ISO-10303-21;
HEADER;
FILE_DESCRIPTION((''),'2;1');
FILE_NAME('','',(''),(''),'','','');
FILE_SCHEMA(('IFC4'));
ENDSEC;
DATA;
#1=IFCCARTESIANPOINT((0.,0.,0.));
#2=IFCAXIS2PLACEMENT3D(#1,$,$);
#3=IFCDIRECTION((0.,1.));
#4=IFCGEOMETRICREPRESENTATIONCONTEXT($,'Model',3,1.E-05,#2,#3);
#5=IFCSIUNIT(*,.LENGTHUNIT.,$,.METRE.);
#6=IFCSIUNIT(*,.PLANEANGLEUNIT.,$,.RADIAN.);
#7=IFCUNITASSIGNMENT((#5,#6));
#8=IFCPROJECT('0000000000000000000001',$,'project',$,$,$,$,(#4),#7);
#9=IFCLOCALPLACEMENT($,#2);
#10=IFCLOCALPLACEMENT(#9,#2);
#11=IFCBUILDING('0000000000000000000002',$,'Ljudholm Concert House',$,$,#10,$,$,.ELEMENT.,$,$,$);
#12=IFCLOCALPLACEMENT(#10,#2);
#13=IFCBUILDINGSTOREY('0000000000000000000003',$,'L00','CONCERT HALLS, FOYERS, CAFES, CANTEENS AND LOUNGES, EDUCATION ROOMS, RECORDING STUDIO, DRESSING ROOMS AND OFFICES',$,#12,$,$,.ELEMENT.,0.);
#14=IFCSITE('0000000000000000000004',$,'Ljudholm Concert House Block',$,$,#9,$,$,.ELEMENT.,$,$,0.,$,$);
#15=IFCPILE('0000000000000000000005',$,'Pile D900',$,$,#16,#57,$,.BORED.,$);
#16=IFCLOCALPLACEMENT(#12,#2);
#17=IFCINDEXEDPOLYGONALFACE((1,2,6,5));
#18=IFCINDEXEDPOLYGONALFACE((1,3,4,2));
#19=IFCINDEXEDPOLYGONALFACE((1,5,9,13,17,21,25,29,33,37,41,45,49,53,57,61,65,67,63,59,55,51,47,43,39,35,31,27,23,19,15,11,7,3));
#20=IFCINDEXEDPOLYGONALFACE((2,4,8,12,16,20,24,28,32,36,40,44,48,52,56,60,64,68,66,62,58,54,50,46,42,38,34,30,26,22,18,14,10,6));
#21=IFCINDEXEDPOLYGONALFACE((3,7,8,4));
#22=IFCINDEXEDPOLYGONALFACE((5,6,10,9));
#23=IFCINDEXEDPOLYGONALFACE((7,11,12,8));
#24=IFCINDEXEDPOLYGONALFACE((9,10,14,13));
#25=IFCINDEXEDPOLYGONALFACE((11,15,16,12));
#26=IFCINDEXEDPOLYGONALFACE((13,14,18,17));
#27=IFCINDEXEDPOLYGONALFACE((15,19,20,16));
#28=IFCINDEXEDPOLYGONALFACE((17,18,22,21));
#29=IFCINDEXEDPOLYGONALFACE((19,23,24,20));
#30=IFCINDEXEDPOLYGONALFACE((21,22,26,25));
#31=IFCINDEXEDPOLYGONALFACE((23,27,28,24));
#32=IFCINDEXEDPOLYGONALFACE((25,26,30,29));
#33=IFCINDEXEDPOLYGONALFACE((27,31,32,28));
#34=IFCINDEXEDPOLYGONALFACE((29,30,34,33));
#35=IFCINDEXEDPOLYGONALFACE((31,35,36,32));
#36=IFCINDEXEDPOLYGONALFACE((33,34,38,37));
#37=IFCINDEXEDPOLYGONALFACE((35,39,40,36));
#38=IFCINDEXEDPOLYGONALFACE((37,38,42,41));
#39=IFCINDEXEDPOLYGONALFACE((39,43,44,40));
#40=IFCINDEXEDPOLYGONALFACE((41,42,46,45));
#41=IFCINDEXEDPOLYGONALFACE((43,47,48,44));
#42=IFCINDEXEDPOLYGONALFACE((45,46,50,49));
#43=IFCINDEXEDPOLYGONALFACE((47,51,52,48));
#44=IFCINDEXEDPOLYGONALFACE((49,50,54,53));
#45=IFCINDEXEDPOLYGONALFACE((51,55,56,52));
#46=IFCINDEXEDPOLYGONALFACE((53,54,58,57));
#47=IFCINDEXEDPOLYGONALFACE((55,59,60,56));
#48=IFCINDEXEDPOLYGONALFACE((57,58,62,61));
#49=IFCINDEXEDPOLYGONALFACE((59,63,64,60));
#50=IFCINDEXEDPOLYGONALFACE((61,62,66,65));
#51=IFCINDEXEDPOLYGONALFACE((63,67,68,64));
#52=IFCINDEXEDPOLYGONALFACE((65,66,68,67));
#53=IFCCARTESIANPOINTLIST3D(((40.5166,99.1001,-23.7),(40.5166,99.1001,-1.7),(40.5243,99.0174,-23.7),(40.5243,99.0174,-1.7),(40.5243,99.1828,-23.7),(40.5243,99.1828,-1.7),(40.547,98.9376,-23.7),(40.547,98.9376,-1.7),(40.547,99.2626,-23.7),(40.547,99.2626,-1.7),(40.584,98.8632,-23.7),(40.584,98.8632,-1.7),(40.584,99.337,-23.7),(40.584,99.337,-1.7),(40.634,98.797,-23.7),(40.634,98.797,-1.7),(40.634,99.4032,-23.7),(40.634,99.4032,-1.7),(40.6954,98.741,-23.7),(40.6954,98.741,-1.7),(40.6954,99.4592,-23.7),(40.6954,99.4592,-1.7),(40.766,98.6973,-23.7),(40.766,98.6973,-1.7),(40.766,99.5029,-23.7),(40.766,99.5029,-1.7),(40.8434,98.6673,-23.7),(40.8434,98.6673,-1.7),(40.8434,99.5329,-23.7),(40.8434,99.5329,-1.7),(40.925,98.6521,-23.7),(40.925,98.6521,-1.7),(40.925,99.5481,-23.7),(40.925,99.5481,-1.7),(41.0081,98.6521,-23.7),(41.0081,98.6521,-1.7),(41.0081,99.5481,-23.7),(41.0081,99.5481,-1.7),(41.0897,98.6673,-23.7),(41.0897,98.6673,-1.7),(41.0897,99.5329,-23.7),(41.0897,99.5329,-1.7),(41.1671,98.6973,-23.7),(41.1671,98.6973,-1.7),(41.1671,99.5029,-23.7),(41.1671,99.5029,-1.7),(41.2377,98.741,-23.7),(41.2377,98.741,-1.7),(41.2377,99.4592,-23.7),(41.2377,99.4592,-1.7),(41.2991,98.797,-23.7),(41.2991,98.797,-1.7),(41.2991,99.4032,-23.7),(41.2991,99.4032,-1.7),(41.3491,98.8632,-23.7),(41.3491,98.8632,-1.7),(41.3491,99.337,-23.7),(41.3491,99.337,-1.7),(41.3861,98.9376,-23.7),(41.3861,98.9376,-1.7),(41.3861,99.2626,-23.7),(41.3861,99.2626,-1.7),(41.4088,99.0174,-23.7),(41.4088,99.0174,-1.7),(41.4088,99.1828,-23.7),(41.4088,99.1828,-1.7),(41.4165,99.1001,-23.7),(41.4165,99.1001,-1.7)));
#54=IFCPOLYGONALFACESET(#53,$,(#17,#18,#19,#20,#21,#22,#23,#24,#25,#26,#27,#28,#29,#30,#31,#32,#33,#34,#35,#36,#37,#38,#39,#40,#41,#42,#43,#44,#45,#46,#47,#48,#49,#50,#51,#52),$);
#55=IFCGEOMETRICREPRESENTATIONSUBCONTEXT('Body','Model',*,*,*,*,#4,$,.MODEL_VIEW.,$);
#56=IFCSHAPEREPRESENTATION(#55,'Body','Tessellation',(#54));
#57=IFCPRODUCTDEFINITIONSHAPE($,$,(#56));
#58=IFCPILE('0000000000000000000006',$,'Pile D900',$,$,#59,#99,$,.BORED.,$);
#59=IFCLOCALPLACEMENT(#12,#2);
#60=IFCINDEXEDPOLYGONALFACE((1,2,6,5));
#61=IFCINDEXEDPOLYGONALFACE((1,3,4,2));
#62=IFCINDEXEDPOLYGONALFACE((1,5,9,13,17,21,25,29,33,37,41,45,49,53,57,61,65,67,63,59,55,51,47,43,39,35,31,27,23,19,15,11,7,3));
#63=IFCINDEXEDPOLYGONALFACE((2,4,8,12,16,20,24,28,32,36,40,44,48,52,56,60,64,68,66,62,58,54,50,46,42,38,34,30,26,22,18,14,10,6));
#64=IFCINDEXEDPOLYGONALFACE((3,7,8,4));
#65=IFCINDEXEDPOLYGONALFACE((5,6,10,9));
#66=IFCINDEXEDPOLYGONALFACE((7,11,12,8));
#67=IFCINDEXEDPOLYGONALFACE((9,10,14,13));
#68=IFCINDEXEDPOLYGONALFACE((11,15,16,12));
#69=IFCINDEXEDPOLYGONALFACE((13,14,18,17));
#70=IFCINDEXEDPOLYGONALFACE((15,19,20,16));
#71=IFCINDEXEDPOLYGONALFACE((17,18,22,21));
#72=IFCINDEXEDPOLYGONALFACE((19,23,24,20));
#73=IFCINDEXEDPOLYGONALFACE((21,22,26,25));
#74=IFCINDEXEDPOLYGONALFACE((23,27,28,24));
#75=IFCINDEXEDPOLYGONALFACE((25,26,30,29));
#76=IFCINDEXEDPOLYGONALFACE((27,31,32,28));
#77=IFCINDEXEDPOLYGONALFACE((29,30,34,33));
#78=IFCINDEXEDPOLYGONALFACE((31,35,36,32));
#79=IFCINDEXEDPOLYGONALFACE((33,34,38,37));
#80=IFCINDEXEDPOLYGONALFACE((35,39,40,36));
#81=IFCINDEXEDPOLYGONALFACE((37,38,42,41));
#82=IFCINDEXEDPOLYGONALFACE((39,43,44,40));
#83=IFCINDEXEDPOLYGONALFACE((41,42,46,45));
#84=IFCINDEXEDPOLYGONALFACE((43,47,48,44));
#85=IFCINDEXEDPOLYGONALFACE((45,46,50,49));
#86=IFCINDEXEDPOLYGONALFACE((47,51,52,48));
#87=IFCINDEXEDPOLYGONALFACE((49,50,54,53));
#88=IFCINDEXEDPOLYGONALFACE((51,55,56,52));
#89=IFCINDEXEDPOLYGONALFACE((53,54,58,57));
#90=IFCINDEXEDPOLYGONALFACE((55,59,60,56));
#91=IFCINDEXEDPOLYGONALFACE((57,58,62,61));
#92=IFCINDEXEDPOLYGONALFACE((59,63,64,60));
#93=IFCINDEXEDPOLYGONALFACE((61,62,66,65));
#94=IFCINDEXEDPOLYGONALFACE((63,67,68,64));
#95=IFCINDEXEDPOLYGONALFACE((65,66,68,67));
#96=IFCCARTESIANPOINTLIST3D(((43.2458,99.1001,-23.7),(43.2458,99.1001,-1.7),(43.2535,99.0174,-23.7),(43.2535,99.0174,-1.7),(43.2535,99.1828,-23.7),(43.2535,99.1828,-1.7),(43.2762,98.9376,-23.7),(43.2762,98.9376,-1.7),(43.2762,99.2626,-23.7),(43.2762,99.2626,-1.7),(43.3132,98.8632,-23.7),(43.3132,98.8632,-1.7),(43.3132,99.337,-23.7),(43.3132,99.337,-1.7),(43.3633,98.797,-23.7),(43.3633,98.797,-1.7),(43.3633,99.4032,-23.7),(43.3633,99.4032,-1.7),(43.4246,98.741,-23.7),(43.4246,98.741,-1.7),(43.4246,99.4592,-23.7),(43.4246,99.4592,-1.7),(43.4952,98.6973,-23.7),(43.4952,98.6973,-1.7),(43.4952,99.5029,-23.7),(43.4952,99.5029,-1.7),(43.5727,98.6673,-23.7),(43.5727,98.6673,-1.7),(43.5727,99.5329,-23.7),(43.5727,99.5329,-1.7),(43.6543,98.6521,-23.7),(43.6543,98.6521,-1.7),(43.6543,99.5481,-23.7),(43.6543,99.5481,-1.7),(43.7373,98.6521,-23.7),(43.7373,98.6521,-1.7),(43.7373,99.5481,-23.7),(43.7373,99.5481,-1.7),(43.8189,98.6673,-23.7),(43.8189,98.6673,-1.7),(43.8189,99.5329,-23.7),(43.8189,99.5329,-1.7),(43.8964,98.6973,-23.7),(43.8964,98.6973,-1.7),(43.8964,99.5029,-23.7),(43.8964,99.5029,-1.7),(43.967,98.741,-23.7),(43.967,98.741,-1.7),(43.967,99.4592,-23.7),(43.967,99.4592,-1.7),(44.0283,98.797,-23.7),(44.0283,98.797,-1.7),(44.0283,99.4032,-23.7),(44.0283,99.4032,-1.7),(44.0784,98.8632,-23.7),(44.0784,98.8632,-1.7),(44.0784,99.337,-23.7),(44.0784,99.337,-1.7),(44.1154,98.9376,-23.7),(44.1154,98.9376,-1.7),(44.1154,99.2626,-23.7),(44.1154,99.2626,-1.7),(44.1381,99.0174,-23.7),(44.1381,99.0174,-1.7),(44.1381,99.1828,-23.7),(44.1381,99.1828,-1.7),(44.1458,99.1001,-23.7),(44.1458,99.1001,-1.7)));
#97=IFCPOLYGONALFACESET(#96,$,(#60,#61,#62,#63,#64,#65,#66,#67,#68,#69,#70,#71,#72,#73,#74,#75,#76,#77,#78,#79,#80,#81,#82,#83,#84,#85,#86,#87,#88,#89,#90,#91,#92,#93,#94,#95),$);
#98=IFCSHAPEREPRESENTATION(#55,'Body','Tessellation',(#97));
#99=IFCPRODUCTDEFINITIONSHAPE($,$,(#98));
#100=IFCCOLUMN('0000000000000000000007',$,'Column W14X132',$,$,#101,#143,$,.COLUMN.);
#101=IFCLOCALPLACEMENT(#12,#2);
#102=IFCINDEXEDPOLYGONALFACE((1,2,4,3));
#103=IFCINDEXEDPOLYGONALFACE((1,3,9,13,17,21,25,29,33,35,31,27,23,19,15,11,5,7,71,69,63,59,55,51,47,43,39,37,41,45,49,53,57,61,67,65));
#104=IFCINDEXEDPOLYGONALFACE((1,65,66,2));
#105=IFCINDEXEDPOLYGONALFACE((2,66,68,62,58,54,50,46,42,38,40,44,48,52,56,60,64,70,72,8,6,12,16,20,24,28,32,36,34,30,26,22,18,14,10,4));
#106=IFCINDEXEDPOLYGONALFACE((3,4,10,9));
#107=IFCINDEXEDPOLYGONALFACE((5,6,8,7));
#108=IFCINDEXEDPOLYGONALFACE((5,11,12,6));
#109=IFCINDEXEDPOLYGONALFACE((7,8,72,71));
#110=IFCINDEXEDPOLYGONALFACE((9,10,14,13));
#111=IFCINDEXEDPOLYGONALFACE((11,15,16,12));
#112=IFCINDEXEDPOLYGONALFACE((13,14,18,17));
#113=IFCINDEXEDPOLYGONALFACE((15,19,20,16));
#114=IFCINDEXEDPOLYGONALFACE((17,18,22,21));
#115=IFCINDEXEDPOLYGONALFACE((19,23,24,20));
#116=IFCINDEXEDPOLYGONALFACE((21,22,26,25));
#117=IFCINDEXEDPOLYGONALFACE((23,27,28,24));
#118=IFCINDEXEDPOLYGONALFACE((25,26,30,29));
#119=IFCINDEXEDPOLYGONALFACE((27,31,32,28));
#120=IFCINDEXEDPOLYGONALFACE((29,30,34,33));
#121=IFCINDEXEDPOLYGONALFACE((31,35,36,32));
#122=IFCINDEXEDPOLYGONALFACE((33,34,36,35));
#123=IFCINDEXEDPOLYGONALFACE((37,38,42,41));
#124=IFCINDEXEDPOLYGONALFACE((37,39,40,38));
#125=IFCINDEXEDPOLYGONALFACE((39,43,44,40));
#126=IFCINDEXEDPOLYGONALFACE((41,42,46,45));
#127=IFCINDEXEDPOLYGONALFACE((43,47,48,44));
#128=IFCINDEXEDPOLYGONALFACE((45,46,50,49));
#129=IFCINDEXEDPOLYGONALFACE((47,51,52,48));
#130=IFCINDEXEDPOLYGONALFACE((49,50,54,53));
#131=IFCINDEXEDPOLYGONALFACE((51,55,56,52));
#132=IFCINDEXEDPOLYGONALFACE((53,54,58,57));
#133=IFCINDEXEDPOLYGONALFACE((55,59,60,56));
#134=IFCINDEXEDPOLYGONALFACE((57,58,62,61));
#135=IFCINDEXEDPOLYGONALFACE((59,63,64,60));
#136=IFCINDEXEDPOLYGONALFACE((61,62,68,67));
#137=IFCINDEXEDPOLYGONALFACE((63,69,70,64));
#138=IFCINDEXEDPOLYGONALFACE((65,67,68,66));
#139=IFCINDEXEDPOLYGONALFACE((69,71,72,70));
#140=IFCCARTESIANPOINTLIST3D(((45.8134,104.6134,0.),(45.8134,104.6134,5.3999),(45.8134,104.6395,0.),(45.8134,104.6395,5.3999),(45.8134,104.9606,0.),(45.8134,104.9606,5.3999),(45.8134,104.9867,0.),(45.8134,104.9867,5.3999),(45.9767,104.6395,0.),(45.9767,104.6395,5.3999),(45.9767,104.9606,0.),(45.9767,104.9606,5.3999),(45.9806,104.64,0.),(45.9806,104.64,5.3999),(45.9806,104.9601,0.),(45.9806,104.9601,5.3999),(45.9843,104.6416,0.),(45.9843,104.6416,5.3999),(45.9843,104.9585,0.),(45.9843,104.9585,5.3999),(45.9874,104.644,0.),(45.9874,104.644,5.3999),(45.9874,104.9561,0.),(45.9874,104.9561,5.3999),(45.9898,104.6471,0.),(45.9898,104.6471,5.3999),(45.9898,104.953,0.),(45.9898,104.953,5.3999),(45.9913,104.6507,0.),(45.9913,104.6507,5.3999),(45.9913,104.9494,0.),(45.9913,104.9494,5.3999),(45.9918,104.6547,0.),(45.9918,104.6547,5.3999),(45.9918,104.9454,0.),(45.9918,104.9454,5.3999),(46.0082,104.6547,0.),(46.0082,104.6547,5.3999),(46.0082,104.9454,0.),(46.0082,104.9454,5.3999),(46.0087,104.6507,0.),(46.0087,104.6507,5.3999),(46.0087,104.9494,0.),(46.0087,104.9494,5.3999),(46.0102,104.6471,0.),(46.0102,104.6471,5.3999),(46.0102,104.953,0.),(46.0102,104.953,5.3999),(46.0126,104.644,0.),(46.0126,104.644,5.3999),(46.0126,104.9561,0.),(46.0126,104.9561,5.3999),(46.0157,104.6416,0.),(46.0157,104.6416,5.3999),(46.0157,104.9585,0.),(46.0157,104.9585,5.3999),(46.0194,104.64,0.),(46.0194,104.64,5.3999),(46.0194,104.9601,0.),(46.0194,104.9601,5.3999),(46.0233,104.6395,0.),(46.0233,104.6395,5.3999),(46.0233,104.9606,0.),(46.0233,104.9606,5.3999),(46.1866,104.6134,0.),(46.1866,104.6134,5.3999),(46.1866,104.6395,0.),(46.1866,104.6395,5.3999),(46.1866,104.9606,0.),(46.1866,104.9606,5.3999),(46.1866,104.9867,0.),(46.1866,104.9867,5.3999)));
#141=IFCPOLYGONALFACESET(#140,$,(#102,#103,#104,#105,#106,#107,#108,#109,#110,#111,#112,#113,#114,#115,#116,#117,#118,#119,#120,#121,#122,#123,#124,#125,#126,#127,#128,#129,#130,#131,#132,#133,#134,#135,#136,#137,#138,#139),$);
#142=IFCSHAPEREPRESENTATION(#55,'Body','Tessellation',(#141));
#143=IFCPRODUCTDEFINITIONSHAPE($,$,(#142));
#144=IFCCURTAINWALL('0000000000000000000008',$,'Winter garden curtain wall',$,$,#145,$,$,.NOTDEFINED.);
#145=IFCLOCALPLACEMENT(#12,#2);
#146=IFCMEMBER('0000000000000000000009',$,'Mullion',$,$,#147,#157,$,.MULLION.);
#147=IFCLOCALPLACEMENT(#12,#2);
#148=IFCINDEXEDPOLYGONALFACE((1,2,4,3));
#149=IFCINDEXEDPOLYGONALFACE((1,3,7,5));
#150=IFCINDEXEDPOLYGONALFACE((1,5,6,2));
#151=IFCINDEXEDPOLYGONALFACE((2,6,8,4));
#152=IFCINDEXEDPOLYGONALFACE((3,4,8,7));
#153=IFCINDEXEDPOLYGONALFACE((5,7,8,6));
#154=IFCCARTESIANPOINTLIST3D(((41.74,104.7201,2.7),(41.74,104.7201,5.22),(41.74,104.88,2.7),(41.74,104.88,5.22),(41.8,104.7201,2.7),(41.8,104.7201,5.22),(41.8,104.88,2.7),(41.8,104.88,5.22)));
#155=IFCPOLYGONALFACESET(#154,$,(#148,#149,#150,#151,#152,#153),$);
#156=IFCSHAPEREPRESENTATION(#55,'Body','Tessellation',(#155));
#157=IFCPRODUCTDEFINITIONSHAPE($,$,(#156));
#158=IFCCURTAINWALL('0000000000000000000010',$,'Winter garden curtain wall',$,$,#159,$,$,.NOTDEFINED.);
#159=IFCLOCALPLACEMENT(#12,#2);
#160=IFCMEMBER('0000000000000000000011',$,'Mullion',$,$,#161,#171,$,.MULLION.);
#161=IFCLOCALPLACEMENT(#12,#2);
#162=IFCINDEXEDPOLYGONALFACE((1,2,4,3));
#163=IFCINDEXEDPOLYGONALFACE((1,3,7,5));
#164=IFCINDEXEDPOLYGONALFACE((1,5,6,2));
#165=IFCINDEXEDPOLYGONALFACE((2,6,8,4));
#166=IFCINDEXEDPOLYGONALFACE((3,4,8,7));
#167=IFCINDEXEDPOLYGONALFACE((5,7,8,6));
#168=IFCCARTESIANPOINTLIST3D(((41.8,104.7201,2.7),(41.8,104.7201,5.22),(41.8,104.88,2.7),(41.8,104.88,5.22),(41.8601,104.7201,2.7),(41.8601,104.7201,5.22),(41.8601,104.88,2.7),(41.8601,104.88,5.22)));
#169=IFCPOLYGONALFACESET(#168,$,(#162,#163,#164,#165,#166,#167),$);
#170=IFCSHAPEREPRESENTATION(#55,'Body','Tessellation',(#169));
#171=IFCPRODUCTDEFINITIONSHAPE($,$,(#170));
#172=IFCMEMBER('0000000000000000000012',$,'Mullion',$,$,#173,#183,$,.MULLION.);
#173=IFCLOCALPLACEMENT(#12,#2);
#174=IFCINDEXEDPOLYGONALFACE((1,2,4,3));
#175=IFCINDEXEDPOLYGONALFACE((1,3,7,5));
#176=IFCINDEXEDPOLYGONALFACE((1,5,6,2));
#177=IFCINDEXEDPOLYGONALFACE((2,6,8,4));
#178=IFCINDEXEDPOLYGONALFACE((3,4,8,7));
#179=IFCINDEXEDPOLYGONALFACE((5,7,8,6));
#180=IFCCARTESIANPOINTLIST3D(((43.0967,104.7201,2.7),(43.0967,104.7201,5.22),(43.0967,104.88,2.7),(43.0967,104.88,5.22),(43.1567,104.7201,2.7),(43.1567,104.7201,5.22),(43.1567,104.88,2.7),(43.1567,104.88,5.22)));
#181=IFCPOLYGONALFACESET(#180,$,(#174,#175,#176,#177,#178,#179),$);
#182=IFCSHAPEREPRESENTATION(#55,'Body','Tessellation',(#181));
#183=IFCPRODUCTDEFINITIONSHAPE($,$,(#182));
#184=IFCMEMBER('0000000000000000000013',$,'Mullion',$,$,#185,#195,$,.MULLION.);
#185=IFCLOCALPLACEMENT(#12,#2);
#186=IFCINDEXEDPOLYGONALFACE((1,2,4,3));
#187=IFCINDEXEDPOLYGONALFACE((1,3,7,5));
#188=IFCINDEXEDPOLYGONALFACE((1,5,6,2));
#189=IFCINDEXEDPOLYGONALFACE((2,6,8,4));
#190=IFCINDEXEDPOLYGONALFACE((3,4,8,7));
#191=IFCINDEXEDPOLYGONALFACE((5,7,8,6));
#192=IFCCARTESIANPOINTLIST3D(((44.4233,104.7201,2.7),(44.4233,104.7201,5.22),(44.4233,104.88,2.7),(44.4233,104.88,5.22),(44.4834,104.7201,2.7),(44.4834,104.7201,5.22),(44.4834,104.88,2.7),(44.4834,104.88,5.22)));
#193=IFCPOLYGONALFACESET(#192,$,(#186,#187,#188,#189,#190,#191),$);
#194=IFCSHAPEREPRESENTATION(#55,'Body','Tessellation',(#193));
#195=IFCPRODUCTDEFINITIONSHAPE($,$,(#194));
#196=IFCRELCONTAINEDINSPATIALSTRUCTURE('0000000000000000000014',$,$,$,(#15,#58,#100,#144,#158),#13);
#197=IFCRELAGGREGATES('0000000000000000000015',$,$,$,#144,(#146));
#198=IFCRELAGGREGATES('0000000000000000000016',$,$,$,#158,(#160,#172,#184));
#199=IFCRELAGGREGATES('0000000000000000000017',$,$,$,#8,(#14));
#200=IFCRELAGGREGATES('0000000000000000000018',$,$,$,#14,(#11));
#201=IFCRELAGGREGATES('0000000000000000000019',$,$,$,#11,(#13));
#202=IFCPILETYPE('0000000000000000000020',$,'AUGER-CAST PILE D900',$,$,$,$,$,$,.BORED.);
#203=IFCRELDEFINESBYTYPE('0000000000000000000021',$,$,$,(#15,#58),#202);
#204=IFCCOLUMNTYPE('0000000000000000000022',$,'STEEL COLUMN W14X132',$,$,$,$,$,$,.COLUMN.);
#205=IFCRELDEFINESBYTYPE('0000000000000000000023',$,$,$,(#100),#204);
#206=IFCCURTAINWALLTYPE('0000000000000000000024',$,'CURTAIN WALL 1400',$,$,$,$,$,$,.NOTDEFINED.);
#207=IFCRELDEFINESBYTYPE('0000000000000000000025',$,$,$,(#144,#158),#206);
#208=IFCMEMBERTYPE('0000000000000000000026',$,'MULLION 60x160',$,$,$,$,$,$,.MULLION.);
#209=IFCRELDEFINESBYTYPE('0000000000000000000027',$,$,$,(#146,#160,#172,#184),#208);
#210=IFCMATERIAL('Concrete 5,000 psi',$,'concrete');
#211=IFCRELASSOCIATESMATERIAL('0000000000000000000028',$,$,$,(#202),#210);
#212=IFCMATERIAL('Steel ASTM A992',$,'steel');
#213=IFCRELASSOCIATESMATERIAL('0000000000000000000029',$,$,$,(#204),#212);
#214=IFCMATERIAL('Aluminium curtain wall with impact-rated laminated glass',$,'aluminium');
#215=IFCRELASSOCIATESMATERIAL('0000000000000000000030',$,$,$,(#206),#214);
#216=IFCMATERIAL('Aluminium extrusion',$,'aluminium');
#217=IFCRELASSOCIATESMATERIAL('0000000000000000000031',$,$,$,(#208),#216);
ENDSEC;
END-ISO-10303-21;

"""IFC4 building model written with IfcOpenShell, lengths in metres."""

from ifc_helpers import new_model, si_unit, direction, frame, origin, origin_2d, place, context, subcontext, project, spatial, rectangle, circle, i_section, extrude, material, material_profile, profile_set, type_object, element, aggregate, save


model = new_model("IFC4")

# Units and contexts
model_context = context("Model", 3, precision=1e-05, world=origin(), true_north=direction((0.0, 1.0)))
body_context = subcontext(model_context, "Body", "Model", "MODEL_VIEW")
ifc_project = project(units=[si_unit("LENGTHUNIT", "METRE"), si_unit("PLANEANGLEUNIT", "RADIAN")], contexts=[model_context])

# Site, building, storey
site_placement = place(None, origin())
site = spatial("IfcSite", under=ifc_project, at=site_placement, Name="Ljudholm Concert House Block", CompositionType="ELEMENT", RefElevation=0.0)
building_placement = place(site_placement, origin())
building = spatial("IfcBuilding", under=site, at=building_placement, Name="Ljudholm Concert House", CompositionType="ELEMENT")
storey_placement = place(building_placement, origin())
storey = spatial("IfcBuildingStorey", under=building, at=storey_placement, Name="L00", Description="CONCERT HALLS, FOYERS, CAFES, CANTEENS AND LOUNGES, EDUCATION ROOMS, RECORDING STUDIO, DRESSING ROOMS AND OFFICES", CompositionType="ELEMENT", Elevation=0.0)

# Piles
ifc_material_1 = material(Name="Concrete 5,000 psi", Category="concrete")
ifc_material_profile_1 = material_profile(ifc_material_1, circle(Radius=0.45, at=origin_2d()), Name="AUGER-CAST PILE D900")
ifc_profile_set_1 = profile_set([ifc_material_profile_1], Name="Concrete 5,000 psi")
pile_type = type_object("IfcPileType", Name="AUGER-CAST PILE D900", PredefinedType="BORED", material=ifc_profile_set_1)
for number, where, z_axis, x_axis, name in (
    (1, (40.9666, 99.1001, -1.7), (0.0, 0.0, -1.0), (1.0, 0.0, 0.0), "Pile D900"),
    (2, (43.6958, 99.1001, -1.7), (0.0, 0.0, -1.0), (1.0, 0.0, 0.0), "Pile D900"),
):
    element("IfcPile", number, at=place(storey_placement, frame(where, z_axis=z_axis, x_axis=x_axis)), inside=storey, type_object=pile_type, Name=name, PredefinedType="BORED", context=body_context, shape_type="SweptSolid", body=[
        extrude(circle(Radius=0.45, at=origin_2d()), origin(), (0.0, 0.0, 1.0), 22.0),
    ])

# Column
ifc_material_2 = material(Name="Steel ASTM A992", Category="steel")
ifc_material_profile_2 = material_profile(ifc_material_2, i_section(OverallWidth=0.3733, OverallDepth=0.3733, WebThickness=0.0164, FlangeThickness=0.0261, FilletRadius=0.0151, at=origin_2d()), Name="W14X132")
ifc_profile_set_2 = profile_set([ifc_material_profile_2], Name="Steel ASTM A992")
column_type = type_object("IfcColumnType", Name="STEEL COLUMN W14X132", PredefinedType="COLUMN", material=ifc_profile_set_2)
column_placement = place(storey_placement, frame((46.0, 104.8, 0.0), z_axis=(0.0, 0.0, 1.0), x_axis=(1.0, 0.0, 0.0)))
element("IfcColumn", 3, at=column_placement, inside=storey, type_object=column_type, Name="Column W14X132", PredefinedType="COLUMN", context=body_context, shape_type="SweptSolid", body=[
    extrude(i_section(OverallWidth=0.3733, OverallDepth=0.3733, WebThickness=0.0164, FlangeThickness=0.0261, FilletRadius=0.0151, at=origin_2d()), origin(), (0.0, 0.0, 1.0), 5.3999),
])

# Curtain wall, member
ifc_material_3 = material(Name="Aluminium curtain wall with impact-rated laminated glass", Category="aluminium")
curtain_wall_type = type_object("IfcCurtainWallType", Name="CURTAIN WALL 1400", PredefinedType="NOTDEFINED", material=ifc_material_3)
curtain_wall_1_placement = place(storey_placement, origin())
curtain_wall_1 = element("IfcCurtainWall", 4, at=curtain_wall_1_placement, inside=storey, type_object=curtain_wall_type, Name="Winter garden curtain wall", PredefinedType="NOTDEFINED")
ifc_material_4 = material(Name="Aluminium extrusion", Category="aluminium")
ifc_material_profile_3 = material_profile(ifc_material_4, rectangle(XDim=0.1599, YDim=0.0601, at=origin_2d()), Name="MULLION 60x160")
ifc_profile_set_3 = profile_set([ifc_material_profile_3], Name="Aluminium extrusion")
member_type_1 = type_object("IfcMemberType", Name="MULLION 60x160", PredefinedType="MULLION", material=ifc_profile_set_3)
member_1_placement = place(storey_placement, frame((41.77, 104.8, 2.7), z_axis=(0.0, 0.0, 1.0), x_axis=(0.0, 1.0, 0.0)))
member_1 = element("IfcMember", 5, at=member_1_placement, type_object=member_type_1, Name="Mullion", PredefinedType="MULLION", context=body_context, shape_type="SweptSolid", body=[
    extrude(rectangle(XDim=0.1599, YDim=0.0601, at=origin_2d()), origin(), (0.0, 0.0, 1.0), 2.52),
])

# Curtain wall, members
curtain_wall_2_placement = place(storey_placement, origin())
curtain_wall_2 = element("IfcCurtainWall", 6, at=curtain_wall_2_placement, inside=storey, type_object=curtain_wall_type, Name="Winter garden curtain wall", PredefinedType="NOTDEFINED")
member_2_placement = place(storey_placement, frame((41.8301, 104.8, 2.7), z_axis=(0.0, 0.0, 1.0), x_axis=(0.0, 1.0, 0.0)))
member_2 = element("IfcMember", 7, at=member_2_placement, type_object=member_type_1, Name="Mullion", PredefinedType="MULLION", context=body_context, shape_type="SweptSolid", body=[
    extrude(rectangle(XDim=0.1599, YDim=0.0601, at=origin_2d()), origin(), (0.0, 0.0, 1.0), 2.52),
])
member_3_placement = place(storey_placement, frame((43.1267, 104.8, 2.7), z_axis=(0.0, 0.0, 1.0), x_axis=(0.0, 1.0, 0.0)))
member_3 = element("IfcMember", 8, at=member_3_placement, type_object=member_type_1, Name="Mullion", PredefinedType="MULLION", context=body_context, shape_type="SweptSolid", body=[
    extrude(rectangle(XDim=0.1599, YDim=0.0601, at=origin_2d()), origin(), (0.0, 0.0, 1.0), 2.52),
])
member_4_placement = place(storey_placement, frame((44.4534, 104.8, 2.7), z_axis=(0.0, 0.0, 1.0), x_axis=(0.0, 1.0, 0.0)))
member_4 = element("IfcMember", 9, at=member_4_placement, type_object=member_type_1, Name="Mullion", PredefinedType="MULLION", context=body_context, shape_type="SweptSolid", body=[
    extrude(rectangle(XDim=0.1599, YDim=0.0601, at=origin_2d()), origin(), (0.0, 0.0, 1.0), 2.52),
])

aggregate(curtain_wall_1, [member_1])
aggregate(curtain_wall_2, [member_2, member_3, member_4])

save(model, "model.ifc")
